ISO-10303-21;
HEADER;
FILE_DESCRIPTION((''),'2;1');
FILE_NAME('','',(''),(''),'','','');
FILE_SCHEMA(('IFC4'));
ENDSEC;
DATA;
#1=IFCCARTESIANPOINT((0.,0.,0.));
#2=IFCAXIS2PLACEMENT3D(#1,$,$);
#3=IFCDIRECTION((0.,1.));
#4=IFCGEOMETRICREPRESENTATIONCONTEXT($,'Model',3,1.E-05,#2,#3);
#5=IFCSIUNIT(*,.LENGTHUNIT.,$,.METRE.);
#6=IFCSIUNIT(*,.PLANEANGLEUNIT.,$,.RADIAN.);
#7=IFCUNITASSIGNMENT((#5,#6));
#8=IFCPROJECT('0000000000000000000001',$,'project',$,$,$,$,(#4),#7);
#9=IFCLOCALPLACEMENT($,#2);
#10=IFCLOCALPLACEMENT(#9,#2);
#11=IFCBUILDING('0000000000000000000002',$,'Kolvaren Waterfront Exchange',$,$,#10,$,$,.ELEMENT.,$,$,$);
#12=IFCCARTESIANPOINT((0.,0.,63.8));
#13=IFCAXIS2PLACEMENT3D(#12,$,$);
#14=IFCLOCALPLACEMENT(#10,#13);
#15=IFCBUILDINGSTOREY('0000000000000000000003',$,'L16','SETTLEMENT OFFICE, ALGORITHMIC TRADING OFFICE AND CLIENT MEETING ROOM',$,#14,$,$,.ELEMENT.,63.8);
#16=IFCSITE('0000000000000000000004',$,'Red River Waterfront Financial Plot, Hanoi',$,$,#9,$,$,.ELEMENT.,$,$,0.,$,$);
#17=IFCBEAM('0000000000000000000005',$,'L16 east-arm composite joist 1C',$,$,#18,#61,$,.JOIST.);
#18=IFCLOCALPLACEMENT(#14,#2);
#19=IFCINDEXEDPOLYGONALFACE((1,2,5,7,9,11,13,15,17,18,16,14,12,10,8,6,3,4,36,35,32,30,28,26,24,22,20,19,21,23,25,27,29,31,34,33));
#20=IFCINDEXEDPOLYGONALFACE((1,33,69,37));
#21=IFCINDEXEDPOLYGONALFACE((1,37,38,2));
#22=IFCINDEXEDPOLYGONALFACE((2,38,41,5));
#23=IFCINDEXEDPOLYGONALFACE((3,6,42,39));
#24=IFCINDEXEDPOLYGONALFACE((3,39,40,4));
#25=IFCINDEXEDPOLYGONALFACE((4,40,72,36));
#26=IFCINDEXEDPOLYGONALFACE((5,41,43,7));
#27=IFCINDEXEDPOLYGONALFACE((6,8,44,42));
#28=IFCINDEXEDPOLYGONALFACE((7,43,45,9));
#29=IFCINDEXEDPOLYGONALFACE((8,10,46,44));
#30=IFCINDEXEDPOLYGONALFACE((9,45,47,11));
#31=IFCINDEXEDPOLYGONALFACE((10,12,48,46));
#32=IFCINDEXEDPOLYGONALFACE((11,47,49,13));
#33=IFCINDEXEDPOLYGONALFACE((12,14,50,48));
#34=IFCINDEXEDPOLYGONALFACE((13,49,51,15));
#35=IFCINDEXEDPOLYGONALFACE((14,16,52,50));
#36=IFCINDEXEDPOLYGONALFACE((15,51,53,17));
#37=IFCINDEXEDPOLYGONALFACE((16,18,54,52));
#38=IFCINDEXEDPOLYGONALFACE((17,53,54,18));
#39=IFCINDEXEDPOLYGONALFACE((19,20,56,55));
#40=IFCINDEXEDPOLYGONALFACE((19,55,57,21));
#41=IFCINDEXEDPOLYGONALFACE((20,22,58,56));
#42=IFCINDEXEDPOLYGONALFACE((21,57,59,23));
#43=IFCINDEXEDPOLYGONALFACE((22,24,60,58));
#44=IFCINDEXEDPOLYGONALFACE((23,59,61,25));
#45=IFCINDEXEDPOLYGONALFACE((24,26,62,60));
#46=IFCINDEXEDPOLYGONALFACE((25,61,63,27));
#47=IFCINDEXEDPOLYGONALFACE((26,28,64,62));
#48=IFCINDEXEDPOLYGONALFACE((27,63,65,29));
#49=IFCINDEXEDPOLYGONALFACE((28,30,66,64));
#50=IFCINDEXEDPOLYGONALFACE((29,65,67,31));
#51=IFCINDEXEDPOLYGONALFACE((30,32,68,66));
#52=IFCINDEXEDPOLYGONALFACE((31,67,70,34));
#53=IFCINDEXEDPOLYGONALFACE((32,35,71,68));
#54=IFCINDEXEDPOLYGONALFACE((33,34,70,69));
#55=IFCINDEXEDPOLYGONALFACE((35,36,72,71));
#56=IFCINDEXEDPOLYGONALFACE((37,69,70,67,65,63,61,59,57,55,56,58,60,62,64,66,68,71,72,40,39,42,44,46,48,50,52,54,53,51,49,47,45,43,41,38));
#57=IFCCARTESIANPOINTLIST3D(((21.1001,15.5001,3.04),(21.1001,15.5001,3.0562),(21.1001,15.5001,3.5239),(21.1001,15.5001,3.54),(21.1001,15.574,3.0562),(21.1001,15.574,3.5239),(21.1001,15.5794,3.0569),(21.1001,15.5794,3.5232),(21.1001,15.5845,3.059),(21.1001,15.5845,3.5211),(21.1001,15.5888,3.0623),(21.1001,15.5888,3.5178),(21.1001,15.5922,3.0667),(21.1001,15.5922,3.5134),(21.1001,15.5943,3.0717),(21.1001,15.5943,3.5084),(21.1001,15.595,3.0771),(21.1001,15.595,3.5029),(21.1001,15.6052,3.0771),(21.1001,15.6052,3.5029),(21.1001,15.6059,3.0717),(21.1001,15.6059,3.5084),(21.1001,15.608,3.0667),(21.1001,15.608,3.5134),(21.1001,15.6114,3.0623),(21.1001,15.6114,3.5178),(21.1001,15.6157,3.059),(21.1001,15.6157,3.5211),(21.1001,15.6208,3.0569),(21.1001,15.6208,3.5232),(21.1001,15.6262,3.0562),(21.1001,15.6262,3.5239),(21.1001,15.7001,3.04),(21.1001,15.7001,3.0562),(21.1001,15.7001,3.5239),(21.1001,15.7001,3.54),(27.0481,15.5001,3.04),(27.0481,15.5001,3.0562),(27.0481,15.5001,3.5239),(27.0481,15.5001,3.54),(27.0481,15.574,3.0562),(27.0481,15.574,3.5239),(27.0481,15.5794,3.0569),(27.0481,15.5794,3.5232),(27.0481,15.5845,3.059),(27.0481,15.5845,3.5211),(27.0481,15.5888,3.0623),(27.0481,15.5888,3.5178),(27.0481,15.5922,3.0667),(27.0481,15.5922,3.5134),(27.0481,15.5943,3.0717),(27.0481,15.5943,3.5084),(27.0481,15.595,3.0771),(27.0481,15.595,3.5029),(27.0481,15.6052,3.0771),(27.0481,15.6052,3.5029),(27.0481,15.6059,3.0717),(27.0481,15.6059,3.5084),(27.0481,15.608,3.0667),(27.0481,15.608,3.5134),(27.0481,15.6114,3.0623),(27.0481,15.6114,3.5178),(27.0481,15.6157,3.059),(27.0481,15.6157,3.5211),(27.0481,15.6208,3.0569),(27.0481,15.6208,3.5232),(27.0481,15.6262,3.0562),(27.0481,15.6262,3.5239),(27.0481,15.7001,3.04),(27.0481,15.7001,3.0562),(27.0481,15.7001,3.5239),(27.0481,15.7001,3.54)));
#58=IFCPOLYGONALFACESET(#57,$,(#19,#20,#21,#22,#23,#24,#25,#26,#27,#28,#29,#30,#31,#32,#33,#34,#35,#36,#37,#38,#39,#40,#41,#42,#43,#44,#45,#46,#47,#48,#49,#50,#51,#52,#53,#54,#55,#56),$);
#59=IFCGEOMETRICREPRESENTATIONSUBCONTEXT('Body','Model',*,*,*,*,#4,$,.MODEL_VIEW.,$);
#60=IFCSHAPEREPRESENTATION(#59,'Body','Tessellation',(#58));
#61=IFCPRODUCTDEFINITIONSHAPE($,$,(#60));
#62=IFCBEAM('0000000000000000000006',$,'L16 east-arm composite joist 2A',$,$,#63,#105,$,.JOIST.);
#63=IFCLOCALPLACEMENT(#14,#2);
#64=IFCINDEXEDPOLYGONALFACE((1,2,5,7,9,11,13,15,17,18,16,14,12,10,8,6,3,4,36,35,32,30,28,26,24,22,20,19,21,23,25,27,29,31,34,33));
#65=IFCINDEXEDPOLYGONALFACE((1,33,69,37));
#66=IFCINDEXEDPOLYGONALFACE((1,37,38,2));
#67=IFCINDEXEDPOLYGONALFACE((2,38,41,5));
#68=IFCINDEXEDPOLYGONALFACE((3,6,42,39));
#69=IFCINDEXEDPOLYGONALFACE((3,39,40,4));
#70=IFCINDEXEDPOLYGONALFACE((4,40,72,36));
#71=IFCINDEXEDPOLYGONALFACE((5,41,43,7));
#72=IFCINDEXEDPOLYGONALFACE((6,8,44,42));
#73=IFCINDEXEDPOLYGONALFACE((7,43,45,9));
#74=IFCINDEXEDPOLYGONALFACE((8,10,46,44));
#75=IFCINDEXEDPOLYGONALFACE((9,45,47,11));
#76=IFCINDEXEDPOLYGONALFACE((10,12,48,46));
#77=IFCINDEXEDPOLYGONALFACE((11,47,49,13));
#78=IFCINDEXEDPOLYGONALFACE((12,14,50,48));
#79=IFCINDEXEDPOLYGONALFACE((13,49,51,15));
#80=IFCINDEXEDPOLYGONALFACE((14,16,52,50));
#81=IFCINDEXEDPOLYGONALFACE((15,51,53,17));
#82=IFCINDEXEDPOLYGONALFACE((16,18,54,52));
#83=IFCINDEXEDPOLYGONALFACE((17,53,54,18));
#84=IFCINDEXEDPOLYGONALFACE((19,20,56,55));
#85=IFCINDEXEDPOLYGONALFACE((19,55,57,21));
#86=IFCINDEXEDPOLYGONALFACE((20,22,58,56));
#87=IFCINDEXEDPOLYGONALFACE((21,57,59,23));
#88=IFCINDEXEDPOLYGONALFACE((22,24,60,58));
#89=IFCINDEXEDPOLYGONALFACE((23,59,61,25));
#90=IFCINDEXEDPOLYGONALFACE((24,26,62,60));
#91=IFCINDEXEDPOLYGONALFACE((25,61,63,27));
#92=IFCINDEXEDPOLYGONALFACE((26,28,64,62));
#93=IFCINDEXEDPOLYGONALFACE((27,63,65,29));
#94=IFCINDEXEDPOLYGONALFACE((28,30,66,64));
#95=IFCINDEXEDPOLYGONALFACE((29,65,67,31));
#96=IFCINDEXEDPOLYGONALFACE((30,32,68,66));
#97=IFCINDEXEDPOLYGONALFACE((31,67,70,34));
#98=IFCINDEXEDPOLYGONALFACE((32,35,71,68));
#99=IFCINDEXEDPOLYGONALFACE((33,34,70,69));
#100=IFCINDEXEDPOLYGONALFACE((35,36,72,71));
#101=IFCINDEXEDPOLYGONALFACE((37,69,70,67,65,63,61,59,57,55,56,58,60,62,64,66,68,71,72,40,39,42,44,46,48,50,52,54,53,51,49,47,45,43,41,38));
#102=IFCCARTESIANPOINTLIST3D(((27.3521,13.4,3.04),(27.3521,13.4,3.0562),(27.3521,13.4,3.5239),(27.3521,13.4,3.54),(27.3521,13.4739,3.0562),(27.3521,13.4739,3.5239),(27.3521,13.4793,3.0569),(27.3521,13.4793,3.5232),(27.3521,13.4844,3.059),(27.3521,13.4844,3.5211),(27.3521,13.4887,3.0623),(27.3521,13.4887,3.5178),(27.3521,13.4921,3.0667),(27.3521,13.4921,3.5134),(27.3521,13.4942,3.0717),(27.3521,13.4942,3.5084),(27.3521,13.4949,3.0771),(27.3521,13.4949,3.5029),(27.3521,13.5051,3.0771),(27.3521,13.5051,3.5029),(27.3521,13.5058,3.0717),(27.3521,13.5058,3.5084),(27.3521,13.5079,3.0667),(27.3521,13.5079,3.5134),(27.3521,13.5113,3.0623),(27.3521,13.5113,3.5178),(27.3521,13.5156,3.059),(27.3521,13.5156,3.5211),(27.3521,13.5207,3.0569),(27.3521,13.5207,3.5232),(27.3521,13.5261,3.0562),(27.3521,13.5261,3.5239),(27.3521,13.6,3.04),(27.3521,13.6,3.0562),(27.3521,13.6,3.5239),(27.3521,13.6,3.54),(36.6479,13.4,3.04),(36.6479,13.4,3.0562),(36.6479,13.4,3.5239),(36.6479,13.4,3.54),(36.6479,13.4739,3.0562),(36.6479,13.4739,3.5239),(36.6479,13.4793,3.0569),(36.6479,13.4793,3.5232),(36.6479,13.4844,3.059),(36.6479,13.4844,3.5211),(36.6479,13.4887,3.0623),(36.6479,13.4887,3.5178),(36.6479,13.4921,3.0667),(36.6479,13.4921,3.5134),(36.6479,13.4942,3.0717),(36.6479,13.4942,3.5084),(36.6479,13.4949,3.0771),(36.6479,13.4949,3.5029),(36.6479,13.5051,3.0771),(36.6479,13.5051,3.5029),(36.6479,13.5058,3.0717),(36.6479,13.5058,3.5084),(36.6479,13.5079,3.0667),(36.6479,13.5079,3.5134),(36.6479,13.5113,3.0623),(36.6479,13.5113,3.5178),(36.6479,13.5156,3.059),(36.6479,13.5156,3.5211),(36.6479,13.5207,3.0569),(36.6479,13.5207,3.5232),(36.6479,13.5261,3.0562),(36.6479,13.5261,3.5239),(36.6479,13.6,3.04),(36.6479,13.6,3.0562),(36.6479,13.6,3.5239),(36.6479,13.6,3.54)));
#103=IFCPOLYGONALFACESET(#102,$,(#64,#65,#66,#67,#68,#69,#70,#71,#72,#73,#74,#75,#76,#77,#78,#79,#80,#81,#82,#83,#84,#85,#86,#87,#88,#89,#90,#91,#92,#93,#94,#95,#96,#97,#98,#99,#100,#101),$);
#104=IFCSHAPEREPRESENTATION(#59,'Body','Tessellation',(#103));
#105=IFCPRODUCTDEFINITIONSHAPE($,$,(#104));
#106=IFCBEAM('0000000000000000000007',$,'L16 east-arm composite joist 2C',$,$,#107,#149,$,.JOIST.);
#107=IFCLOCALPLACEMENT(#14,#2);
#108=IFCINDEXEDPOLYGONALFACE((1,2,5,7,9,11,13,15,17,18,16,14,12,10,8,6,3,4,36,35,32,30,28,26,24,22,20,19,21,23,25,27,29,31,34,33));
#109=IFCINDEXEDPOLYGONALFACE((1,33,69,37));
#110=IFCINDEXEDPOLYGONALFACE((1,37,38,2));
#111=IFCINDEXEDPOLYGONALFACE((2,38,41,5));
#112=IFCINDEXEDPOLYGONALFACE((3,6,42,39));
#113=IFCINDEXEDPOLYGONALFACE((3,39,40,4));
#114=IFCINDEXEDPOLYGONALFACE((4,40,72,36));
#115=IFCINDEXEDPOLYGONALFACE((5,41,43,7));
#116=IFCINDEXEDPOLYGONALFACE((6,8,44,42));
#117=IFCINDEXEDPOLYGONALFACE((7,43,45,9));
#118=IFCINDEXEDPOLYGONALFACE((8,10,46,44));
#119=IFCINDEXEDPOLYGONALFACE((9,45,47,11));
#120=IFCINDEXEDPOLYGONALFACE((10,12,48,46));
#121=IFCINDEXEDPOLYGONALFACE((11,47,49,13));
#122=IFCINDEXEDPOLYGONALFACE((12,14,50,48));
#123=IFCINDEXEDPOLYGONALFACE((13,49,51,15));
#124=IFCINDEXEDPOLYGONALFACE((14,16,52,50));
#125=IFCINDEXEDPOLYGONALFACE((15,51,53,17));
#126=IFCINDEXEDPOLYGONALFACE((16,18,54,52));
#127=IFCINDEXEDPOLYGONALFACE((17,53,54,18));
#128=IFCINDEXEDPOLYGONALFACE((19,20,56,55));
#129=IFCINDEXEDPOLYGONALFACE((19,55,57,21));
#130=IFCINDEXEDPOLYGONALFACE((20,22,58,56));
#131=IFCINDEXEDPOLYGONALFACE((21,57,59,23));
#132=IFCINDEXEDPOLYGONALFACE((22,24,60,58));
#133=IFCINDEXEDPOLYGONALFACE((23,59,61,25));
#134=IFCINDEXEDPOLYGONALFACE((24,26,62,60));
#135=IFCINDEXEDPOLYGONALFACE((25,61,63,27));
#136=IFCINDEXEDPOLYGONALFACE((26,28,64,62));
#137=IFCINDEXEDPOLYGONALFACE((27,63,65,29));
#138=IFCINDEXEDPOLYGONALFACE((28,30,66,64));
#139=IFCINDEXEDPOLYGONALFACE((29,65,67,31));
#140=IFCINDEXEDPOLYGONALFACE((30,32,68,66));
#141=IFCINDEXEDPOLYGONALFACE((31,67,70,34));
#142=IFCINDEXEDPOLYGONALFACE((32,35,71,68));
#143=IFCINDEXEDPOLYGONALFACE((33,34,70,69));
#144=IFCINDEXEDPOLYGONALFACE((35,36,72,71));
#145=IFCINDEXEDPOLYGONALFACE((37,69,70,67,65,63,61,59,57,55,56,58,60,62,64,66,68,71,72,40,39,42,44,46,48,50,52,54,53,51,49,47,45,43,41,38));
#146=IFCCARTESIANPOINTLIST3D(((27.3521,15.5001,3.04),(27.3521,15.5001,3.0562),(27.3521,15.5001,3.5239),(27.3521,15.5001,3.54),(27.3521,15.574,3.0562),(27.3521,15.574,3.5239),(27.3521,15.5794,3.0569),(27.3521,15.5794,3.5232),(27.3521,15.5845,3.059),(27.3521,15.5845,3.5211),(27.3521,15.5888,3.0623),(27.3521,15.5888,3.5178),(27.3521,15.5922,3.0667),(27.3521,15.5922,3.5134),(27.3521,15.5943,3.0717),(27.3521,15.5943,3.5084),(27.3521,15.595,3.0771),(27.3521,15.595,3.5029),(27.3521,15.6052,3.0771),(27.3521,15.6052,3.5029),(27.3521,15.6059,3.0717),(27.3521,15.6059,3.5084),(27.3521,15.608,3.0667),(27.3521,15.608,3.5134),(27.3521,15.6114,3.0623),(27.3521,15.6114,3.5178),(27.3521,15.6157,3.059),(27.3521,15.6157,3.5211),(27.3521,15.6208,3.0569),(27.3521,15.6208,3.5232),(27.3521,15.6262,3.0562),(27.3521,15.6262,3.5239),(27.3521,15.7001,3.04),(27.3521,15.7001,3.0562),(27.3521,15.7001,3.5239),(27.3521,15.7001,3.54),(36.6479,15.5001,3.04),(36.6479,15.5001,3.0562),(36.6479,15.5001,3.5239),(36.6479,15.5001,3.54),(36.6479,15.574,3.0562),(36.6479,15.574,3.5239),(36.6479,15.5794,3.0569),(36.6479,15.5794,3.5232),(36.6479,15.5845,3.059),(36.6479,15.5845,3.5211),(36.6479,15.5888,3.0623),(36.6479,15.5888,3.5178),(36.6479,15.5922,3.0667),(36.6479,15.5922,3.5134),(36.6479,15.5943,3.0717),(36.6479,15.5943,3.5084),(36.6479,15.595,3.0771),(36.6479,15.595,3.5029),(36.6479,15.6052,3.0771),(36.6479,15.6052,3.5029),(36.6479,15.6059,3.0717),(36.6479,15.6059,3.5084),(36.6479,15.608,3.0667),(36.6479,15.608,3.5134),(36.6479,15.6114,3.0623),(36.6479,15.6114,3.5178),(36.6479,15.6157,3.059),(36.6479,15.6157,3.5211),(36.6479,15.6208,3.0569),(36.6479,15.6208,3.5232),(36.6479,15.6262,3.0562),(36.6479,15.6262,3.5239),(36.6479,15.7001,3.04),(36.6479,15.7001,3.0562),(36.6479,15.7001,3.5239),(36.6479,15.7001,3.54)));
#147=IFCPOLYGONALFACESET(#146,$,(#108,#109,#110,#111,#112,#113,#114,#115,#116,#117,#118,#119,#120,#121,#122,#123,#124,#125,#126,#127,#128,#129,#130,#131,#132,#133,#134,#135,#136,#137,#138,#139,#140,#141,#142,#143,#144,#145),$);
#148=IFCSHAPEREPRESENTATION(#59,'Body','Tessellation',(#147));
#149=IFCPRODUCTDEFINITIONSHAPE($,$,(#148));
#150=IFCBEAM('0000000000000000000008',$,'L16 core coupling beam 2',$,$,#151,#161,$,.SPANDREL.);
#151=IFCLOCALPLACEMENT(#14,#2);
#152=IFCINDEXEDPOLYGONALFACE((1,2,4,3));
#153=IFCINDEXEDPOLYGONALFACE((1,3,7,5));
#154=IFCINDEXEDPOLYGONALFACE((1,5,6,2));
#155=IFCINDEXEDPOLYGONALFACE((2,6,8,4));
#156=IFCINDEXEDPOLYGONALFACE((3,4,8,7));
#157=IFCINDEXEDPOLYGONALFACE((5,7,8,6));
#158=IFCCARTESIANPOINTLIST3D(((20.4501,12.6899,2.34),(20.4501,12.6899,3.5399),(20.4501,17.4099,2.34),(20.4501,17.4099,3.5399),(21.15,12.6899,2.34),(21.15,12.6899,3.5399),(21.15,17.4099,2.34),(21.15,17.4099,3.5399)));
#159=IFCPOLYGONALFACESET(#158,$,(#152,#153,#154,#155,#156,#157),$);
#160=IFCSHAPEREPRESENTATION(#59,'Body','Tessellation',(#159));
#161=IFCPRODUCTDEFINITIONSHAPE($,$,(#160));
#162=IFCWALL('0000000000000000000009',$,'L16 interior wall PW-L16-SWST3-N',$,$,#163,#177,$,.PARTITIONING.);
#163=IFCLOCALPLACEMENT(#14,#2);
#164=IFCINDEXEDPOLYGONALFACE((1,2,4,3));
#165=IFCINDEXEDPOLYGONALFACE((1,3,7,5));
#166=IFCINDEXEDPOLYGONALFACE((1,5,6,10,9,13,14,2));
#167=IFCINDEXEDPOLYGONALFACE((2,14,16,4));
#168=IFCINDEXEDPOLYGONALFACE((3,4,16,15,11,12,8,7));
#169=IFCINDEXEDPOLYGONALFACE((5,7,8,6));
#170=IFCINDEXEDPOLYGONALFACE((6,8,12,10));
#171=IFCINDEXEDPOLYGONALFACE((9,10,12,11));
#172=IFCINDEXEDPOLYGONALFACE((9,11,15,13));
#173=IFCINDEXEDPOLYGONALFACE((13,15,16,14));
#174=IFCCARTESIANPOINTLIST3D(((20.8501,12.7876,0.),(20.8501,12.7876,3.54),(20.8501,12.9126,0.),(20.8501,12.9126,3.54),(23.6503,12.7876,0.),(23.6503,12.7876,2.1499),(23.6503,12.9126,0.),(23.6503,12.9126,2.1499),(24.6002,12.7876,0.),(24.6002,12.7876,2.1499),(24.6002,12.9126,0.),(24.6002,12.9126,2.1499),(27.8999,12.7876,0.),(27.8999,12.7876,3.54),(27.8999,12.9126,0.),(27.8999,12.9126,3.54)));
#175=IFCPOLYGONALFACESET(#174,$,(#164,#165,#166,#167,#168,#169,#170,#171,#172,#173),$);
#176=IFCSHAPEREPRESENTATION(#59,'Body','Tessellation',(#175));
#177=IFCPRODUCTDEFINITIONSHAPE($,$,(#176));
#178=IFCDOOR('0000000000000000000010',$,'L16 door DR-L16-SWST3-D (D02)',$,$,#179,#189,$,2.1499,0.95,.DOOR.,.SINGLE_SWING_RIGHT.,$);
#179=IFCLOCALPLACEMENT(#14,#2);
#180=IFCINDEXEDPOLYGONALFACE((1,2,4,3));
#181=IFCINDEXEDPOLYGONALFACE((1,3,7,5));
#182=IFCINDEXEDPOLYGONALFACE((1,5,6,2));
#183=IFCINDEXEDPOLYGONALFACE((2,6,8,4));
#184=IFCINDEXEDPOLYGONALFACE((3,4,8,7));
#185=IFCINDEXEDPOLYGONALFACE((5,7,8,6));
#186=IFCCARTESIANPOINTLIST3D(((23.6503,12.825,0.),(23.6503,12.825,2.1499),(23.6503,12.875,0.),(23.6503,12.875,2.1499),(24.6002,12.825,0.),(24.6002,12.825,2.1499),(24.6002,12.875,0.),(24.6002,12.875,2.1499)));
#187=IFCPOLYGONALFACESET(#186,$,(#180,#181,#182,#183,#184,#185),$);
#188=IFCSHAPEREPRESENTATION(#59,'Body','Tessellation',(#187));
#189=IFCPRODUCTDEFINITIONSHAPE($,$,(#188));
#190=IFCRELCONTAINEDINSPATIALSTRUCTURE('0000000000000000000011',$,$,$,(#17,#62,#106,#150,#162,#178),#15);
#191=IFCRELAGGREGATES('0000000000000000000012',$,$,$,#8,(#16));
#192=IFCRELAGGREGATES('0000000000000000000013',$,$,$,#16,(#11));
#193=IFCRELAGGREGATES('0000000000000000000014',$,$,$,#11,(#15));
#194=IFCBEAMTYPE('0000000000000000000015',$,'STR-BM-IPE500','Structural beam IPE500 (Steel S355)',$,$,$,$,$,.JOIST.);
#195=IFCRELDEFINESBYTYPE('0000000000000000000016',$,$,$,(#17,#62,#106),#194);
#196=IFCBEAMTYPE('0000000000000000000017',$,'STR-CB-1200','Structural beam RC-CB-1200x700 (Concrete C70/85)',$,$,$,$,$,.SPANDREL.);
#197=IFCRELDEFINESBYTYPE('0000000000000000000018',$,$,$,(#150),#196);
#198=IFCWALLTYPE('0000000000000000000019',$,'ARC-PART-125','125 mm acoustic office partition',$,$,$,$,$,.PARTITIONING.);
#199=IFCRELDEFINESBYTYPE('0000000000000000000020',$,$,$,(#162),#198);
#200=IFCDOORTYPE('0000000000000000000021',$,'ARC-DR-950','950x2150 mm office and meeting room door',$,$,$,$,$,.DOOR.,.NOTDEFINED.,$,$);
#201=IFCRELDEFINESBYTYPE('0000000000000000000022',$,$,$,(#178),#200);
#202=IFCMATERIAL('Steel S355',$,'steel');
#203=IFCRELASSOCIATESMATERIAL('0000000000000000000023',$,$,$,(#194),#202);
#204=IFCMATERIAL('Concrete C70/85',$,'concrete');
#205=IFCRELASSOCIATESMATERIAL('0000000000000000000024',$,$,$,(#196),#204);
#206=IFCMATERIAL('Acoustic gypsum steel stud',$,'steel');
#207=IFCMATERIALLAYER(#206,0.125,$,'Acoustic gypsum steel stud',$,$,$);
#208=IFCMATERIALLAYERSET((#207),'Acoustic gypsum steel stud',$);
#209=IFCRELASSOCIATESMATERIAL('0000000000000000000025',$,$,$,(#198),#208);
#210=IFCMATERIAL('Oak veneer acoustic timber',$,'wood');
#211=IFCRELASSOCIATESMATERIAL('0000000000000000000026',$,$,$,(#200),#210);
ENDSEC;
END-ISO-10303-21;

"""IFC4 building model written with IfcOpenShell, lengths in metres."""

from ifc_helpers import new_model, si_unit, direction, frame, frame_2d, origin, origin_2d, place, context, subcontext, project, spatial, rectangle, i_section, extrude, material, layer, layer_set, material_profile, profile_set, type_object, element, fill, save


model = new_model("IFC4")

# Units and contexts
model_context = context("Model", 3, precision=1e-05, world=origin(), true_north=direction((0.0, 1.0)))
body_context = subcontext(model_context, "Body", "Model", "MODEL_VIEW")
ifc_project = project(units=[si_unit("LENGTHUNIT", "METRE"), si_unit("PLANEANGLEUNIT", "RADIAN")], contexts=[model_context])

# Site, building, storey
site_placement = place(None, origin())
site = spatial("IfcSite", under=ifc_project, at=site_placement, Name="Red River Waterfront Financial Plot, Hanoi", CompositionType="ELEMENT", RefElevation=0.0)
building_placement = place(site_placement, origin())
building = spatial("IfcBuilding", under=site, at=building_placement, Name="Kolvaren Waterfront Exchange", CompositionType="ELEMENT")
storey_placement = place(building_placement, frame((0.0, 0.0, 63.8)))
storey = spatial("IfcBuildingStorey", under=building, at=storey_placement, Name="L16", Description="SETTLEMENT OFFICE, ALGORITHMIC TRADING OFFICE AND CLIENT MEETING ROOM", CompositionType="ELEMENT", Elevation=63.8)

# Shared definitions
ifc_material_1 = material(Name="Concrete C70/85", Category="concrete")

# Beams
ifc_material_2 = material(Name="Steel S355", Category="steel")
ifc_material_profile_1 = material_profile(ifc_material_2, i_section(OverallWidth=0.2, OverallDepth=0.5, WebThickness=0.0103, FlangeThickness=0.0161, FilletRadius=0.021, at=origin_2d()), Name="IPE500")
ifc_profile_set_1 = profile_set([ifc_material_profile_1], Name="Steel S355")
beam_type_1 = type_object("IfcBeamType", Name="STR-BM-IPE500", Description="Structural beam IPE500 (Steel S355)", PredefinedType="JOIST", material=ifc_profile_set_1)
for number, where, z_axis, x_axis, name in (
    (1, (21.1001, 15.6001, 3.29), (1.0, 0.0, 0.0), (0.0, 1.0, 0.0), "L16 east-arm composite joist 1C"),
):
    element("IfcBeam", number, at=place(storey_placement, frame(where, z_axis=z_axis, x_axis=x_axis)), inside=storey, type_object=beam_type_1, Name=name, PredefinedType="JOIST", context=body_context, shape_type="SweptSolid", body=[
        extrude(i_section(OverallWidth=0.2, OverallDepth=0.5, WebThickness=0.0103, FlangeThickness=0.0161, FilletRadius=0.021, at=origin_2d()), origin(), (0.0, 0.0, 1.0), 5.948),
    ])
for number, where, z_axis, x_axis, name in (
    (2, (27.3521, 13.5, 3.29), (1.0, 0.0, 0.0), (0.0, 1.0, 0.0), "L16 east-arm composite joist 2A"),
    (3, (27.3521, 15.6001, 3.29), (1.0, 0.0, 0.0), (0.0, 1.0, 0.0), "L16 east-arm composite joist 2C"),
):
    element("IfcBeam", number, at=place(storey_placement, frame(where, z_axis=z_axis, x_axis=x_axis)), inside=storey, type_object=beam_type_1, Name=name, PredefinedType="JOIST", context=body_context, shape_type="SweptSolid", body=[
        extrude(i_section(OverallWidth=0.2, OverallDepth=0.5, WebThickness=0.0103, FlangeThickness=0.0161, FilletRadius=0.021, at=origin_2d()), origin(), (0.0, 0.0, 1.0), 9.2959),
    ])
ifc_material_profile_2 = material_profile(ifc_material_1, rectangle(XDim=0.7, YDim=1.2, at=origin_2d()), Name="RC-CB-1200x700")
ifc_profile_set_2 = profile_set([ifc_material_profile_2], Name="Concrete C70/85")
beam_type_2 = type_object("IfcBeamType", Name="STR-CB-1200", Description="Structural beam RC-CB-1200x700 (Concrete C70/85)", PredefinedType="SPANDREL", material=ifc_profile_set_2)
beam_1_placement = place(storey_placement, frame((20.8, 12.6899, 2.9399), z_axis=(0.0, 1.0, 0.0), x_axis=(-1.0, 0.0, 0.0)))
element("IfcBeam", 4, at=beam_1_placement, inside=storey, type_object=beam_type_2, Name="L16 core coupling beam 2", PredefinedType="SPANDREL", context=body_context, shape_type="SweptSolid", body=[
    extrude(rectangle(XDim=0.7, YDim=1.2, at=origin_2d()), origin(), (0.0, 0.0, 1.0), 4.72),
])

# Wall, opening, door
ifc_material_3 = material(Name="Acoustic gypsum steel stud", Category="steel")
ifc_layer_1 = layer(ifc_material_3, 0.125, Name="Acoustic gypsum steel stud")
ifc_layer_set_1 = layer_set([ifc_layer_1], Name="Acoustic gypsum steel stud")
wall_type_1 = type_object("IfcWallType", Name="ARC-PART-125", Description="125 mm acoustic office partition", PredefinedType="PARTITIONING", material=ifc_layer_set_1)
wall_1_placement = place(storey_placement, frame((20.8501, 12.8501, 0.0), z_axis=(0.0, 0.0, 1.0), x_axis=(1.0, 0.0, 0.0)))
wall_1 = element("IfcWall", 5, at=wall_1_placement, inside=storey, type_object=wall_type_1, Name="L16 interior wall PW-L16-SWST3-N", PredefinedType="PARTITIONING", context=body_context, shape_type="SweptSolid", body=[
    extrude(rectangle(XDim=7.0498, YDim=0.125, at=frame_2d((3.5249, 0.0))), origin(), (0.0, 0.0, 1.0), 3.54),
])
opening_1_placement = place(wall_1_placement, frame((2.8, 0.0, 0.0)))
opening_1 = element("IfcOpeningElement", 6, at=opening_1_placement, cuts=wall_1, PredefinedType="OPENING", context=body_context, shape_type="SweptSolid", body=[
    extrude(rectangle(XDim=0.95, YDim=2.1499, at=frame_2d((0.4751, 1.075))), frame((0.0, 0.0725, 0.0), z_axis=(0.0, -1.0, 0.0), x_axis=(1.0, 0.0, 0.0)), (0.0, 0.0, 1.0), 0.145),
])
ifc_material_4 = material(Name="Oak veneer acoustic timber", Category="wood")
door_type_1 = type_object("IfcDoorType", Name="ARC-DR-950", Description="950x2150 mm office and meeting room door", OperationType="NOTDEFINED", PredefinedType="DOOR", material=ifc_material_4)
door_1_placement = place(opening_1_placement, origin())
door_1 = element("IfcDoor", 7, at=door_1_placement, inside=storey, type_object=door_type_1, Name="L16 door DR-L16-SWST3-D (D02)", OperationType="SINGLE_SWING_RIGHT", OverallHeight=2.1499, OverallWidth=0.95, PredefinedType="DOOR", context=body_context, shape_type="SweptSolid", body=[
    extrude(rectangle(XDim=0.95, YDim=2.1499, at=frame_2d((0.4751, 1.075))), frame((0.0, 0.0249, 0.0), z_axis=(0.0, -1.0, 0.0), x_axis=(1.0, 0.0, 0.0)), (0.0, 0.0, 1.0), 0.05),
])
fill(opening_1, door_1)

save(model, "model.ifc")
